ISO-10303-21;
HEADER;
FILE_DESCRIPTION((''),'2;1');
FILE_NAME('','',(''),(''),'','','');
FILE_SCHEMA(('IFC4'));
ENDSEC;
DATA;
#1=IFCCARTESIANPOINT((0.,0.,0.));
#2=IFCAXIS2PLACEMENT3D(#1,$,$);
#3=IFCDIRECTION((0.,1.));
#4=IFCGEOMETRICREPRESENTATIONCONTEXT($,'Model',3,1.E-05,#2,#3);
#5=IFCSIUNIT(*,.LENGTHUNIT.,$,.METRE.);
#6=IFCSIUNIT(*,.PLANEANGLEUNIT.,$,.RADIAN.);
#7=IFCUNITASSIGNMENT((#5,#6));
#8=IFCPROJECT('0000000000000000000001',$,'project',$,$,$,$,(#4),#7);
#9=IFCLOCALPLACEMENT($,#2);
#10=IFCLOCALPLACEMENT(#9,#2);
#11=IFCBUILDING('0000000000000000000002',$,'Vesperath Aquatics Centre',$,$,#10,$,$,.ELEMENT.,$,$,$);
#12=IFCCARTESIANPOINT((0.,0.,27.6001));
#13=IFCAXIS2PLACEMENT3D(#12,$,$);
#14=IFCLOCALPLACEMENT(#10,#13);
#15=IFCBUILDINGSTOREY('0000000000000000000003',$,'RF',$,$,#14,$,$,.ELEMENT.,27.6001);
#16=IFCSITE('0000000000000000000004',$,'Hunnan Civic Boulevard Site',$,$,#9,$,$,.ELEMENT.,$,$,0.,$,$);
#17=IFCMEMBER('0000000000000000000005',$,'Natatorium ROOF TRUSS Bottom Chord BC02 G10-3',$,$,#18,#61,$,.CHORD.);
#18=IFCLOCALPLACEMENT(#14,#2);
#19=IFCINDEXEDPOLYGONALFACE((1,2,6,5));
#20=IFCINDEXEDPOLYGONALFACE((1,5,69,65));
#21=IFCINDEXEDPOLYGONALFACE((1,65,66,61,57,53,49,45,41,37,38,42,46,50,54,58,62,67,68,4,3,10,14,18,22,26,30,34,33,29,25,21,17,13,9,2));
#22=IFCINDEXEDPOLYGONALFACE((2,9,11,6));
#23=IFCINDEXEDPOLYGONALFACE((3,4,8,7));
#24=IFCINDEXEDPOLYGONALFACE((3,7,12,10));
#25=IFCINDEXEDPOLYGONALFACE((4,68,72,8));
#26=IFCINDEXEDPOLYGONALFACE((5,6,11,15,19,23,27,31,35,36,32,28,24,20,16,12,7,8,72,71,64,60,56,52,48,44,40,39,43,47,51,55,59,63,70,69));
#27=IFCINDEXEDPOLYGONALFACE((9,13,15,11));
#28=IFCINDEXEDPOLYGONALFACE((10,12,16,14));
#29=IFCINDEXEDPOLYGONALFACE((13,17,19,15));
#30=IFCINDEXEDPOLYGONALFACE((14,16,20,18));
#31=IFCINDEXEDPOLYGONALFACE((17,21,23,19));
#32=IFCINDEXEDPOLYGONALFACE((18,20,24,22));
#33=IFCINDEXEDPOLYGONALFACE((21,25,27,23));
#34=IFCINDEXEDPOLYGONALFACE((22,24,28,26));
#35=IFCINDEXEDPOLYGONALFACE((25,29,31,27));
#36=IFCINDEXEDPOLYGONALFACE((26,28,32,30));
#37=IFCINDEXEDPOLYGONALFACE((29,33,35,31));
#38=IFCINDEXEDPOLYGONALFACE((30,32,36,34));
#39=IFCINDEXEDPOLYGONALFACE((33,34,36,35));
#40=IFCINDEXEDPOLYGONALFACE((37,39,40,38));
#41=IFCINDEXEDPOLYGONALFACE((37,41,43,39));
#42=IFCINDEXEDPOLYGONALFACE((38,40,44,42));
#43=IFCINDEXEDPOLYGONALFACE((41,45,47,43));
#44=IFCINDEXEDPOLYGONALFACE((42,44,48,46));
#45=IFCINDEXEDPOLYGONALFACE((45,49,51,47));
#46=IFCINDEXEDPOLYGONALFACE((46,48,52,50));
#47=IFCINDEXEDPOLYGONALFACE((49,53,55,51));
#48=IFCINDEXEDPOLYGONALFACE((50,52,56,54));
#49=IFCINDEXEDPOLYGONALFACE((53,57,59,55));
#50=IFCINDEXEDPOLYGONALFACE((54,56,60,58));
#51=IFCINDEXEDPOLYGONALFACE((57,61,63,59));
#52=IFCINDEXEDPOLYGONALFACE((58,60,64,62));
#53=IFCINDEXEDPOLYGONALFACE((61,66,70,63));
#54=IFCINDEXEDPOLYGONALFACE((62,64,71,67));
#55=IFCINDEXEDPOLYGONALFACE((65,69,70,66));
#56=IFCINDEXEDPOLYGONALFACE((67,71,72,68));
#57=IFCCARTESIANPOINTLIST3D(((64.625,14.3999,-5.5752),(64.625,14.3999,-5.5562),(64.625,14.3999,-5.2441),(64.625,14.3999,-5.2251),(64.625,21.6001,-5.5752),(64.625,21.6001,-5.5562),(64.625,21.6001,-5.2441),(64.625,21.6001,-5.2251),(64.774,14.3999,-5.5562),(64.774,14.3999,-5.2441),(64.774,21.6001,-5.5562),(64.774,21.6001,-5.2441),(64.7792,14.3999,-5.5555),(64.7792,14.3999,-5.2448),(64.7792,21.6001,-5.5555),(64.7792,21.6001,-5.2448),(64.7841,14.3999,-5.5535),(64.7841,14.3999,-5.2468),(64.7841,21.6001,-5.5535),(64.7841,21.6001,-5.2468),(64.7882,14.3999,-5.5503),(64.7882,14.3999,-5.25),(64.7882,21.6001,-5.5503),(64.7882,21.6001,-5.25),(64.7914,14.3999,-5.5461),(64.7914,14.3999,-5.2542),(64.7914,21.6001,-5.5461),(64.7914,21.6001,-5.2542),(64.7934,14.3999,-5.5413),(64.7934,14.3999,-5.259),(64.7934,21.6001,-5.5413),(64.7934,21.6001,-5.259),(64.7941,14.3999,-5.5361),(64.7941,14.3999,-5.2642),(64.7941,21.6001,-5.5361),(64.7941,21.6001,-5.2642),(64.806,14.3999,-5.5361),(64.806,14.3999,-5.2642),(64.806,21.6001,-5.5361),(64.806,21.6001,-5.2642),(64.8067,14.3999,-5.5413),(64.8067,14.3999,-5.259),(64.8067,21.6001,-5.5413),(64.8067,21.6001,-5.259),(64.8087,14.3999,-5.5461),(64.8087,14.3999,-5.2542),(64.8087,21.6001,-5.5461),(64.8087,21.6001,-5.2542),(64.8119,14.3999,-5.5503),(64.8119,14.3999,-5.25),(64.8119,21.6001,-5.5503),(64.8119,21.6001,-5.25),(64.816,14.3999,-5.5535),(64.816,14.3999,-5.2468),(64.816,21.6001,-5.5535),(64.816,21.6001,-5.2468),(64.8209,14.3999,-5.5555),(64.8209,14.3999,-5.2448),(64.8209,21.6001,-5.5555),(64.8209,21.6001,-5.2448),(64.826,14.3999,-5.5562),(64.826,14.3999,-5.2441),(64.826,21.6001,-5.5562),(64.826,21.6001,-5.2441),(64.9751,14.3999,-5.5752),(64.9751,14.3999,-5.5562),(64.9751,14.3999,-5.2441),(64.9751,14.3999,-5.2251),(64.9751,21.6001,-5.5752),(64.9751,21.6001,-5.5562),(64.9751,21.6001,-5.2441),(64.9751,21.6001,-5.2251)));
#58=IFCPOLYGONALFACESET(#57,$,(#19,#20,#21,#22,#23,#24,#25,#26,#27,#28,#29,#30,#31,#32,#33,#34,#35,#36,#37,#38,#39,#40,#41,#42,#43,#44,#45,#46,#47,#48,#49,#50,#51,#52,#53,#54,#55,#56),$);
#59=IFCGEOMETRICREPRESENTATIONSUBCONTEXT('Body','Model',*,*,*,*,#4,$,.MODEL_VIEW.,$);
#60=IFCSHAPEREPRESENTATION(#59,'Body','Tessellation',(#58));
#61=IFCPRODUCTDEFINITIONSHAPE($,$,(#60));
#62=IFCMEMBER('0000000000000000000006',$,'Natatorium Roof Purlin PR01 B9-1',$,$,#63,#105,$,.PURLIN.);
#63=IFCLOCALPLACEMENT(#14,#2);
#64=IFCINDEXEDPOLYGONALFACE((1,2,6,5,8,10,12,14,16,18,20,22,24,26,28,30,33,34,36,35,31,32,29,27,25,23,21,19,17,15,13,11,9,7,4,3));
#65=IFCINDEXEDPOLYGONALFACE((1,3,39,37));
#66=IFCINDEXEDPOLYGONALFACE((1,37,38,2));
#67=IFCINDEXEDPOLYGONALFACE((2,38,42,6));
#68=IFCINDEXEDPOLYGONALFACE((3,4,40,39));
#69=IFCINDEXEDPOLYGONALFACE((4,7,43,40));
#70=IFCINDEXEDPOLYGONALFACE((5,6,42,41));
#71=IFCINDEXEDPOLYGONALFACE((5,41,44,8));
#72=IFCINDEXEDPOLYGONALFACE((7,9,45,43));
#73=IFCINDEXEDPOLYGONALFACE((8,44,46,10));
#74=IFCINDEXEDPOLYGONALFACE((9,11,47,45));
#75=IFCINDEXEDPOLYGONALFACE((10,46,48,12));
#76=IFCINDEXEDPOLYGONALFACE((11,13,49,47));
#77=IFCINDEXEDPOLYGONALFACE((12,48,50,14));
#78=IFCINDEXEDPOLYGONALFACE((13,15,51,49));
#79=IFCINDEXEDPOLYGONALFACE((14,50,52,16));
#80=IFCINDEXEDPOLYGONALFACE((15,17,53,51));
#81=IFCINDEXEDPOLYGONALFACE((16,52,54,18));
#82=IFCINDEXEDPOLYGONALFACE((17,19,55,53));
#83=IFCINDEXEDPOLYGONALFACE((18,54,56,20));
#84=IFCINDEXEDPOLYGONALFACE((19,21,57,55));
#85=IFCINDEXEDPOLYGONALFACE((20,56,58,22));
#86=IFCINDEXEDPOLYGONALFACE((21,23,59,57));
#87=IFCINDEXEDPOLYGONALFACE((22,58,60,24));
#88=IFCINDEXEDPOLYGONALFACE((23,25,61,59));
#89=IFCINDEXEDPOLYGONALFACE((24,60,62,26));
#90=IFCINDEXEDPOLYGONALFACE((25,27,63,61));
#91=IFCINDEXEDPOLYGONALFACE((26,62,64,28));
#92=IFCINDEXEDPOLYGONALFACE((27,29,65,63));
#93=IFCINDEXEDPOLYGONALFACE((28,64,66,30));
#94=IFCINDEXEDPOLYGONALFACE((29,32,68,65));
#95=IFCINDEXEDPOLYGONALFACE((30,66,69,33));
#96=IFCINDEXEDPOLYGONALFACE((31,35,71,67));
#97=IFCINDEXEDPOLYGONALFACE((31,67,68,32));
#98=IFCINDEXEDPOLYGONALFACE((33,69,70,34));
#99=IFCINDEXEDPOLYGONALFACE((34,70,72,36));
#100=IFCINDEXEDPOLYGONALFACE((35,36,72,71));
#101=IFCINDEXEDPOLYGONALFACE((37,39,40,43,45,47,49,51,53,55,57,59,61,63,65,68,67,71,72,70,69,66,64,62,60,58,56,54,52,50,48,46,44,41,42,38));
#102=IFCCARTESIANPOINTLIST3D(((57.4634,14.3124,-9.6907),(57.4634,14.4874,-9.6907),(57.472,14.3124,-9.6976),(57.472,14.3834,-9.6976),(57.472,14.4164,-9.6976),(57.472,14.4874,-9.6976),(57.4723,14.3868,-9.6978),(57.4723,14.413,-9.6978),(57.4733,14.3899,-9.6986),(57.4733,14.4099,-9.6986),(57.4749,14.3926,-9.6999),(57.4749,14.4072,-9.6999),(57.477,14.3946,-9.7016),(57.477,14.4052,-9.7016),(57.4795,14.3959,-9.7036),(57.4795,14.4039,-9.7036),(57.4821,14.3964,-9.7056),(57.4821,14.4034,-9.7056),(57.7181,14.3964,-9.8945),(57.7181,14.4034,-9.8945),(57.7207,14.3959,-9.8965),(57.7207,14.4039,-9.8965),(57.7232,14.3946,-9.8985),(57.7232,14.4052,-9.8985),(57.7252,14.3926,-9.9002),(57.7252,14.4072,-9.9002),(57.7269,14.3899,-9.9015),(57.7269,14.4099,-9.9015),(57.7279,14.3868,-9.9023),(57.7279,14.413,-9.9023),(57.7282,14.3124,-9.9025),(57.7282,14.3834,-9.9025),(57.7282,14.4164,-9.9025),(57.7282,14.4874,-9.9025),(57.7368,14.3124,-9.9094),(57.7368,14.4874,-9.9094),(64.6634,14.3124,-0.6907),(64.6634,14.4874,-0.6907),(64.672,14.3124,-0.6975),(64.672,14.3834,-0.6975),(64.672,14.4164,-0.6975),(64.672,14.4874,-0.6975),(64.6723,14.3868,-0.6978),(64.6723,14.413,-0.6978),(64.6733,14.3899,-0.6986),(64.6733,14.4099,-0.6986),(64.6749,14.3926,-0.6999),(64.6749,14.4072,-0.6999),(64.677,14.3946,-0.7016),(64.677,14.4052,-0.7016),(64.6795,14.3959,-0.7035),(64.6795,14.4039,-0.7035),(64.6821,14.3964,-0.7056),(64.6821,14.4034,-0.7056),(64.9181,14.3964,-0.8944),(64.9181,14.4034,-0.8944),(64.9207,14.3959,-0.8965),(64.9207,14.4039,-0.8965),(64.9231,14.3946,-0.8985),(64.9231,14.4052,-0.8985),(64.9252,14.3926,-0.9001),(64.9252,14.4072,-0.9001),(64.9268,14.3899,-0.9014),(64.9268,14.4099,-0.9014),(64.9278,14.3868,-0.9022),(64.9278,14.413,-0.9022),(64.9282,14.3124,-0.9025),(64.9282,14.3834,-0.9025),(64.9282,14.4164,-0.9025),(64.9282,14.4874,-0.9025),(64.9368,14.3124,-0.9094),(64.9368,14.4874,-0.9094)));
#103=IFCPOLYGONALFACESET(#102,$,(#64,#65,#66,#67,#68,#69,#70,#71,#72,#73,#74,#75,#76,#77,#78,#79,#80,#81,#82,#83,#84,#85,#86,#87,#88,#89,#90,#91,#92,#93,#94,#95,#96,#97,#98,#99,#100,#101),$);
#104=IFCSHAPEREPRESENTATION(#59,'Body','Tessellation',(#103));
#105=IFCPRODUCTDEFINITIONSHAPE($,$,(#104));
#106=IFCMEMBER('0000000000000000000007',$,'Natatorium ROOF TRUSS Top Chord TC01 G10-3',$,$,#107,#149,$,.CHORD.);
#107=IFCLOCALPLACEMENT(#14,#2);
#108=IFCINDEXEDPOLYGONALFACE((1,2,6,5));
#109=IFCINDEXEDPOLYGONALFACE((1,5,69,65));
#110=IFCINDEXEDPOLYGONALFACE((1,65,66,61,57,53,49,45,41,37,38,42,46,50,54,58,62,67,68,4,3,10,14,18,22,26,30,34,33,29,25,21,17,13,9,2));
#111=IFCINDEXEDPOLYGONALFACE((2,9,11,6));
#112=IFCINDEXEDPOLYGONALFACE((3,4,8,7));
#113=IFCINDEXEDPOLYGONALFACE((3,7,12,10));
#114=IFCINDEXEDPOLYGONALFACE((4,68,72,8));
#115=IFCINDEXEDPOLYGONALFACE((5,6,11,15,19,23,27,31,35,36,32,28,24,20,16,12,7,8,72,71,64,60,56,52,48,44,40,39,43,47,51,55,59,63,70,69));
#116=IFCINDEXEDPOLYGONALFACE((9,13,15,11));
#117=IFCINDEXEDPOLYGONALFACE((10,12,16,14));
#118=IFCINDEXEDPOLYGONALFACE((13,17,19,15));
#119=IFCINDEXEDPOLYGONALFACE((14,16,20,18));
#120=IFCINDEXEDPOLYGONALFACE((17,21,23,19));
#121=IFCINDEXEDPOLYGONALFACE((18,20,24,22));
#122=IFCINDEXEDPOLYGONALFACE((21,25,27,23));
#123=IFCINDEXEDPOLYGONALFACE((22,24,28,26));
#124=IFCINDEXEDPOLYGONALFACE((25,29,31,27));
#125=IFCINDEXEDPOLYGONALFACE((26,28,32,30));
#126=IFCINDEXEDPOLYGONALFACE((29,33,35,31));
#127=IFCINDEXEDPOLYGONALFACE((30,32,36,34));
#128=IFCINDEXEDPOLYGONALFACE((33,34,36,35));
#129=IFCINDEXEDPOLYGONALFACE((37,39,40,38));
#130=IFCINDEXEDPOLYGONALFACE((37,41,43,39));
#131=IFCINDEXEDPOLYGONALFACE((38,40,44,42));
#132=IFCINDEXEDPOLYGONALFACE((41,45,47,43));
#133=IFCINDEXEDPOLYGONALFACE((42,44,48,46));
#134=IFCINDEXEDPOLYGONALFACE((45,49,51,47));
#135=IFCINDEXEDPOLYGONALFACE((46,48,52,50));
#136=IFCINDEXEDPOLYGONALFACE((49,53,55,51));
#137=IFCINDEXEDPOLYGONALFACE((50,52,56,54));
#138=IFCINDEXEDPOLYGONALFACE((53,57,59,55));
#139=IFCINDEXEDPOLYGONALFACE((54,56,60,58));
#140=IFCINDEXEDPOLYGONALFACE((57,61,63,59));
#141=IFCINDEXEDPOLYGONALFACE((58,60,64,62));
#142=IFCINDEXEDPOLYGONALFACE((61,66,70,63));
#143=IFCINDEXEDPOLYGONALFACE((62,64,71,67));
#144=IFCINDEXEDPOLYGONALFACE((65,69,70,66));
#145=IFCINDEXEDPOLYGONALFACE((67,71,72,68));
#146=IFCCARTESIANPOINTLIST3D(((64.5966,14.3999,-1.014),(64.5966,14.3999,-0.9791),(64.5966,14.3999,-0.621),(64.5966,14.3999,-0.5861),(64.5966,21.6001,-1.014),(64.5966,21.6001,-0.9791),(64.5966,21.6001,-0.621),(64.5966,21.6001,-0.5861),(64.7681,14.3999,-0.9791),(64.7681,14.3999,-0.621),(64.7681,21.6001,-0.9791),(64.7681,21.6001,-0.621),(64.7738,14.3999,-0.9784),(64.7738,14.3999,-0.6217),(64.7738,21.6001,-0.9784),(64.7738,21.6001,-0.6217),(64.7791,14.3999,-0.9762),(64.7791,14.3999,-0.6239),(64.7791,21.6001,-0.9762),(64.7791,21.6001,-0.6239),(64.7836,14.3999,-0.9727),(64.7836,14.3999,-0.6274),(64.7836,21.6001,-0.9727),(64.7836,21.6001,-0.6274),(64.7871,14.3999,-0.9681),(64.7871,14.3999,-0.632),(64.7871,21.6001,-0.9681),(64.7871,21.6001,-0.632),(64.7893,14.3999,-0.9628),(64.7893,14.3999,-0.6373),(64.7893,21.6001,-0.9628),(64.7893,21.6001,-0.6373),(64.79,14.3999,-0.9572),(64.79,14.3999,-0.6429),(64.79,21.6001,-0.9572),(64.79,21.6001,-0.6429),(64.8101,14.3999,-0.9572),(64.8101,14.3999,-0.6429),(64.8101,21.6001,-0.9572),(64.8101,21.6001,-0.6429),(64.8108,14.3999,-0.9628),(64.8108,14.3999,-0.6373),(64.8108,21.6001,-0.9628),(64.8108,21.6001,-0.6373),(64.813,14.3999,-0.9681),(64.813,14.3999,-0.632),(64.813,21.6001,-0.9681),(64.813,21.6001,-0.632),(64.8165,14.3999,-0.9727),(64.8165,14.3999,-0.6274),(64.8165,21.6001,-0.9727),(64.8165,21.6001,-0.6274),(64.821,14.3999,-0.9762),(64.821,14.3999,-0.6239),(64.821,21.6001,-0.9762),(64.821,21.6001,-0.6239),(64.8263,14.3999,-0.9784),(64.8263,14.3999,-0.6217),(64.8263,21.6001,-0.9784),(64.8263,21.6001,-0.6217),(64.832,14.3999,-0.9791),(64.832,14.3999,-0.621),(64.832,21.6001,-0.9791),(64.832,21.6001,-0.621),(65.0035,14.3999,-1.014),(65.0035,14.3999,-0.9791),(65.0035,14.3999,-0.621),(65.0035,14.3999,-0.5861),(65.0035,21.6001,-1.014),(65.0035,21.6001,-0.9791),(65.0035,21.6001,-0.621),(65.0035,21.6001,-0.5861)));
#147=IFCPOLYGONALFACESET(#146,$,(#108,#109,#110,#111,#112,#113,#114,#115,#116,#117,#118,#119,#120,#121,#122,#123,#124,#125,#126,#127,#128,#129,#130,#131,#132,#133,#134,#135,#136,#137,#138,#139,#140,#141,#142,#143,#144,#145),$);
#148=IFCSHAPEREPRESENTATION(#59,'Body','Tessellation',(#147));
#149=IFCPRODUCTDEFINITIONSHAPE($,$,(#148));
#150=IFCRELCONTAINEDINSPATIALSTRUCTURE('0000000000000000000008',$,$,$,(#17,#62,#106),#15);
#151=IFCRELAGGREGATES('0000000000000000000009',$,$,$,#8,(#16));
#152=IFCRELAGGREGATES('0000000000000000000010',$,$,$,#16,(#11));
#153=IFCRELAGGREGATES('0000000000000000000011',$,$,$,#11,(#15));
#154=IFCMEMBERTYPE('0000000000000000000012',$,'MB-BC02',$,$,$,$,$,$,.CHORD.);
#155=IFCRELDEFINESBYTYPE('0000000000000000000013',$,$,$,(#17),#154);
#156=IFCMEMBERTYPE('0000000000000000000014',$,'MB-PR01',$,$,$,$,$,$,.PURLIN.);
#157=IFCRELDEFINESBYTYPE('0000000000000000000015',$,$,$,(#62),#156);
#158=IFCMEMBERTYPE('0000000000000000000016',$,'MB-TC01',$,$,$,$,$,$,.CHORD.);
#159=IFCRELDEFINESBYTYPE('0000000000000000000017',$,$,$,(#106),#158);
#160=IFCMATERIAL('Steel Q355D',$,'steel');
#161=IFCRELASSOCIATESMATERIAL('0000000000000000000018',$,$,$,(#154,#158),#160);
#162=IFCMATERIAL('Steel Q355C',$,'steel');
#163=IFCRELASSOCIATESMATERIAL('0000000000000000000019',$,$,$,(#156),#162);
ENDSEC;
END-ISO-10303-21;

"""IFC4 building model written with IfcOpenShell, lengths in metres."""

from ifc_helpers import new_model, si_unit, direction, frame, origin, origin_2d, place, context, subcontext, project, spatial, i_section, extrude, material, material_profile, profile_set, type_object, element, save


model = new_model("IFC4")

# Units and contexts
model_context = context("Model", 3, precision=1e-05, world=origin(), true_north=direction((0.0, 1.0)))
body_context = subcontext(model_context, "Body", "Model", "MODEL_VIEW")
ifc_project = project(units=[si_unit("LENGTHUNIT", "METRE"), si_unit("PLANEANGLEUNIT", "RADIAN")], contexts=[model_context])

# Site, building, storey
site_placement = place(None, origin())
site = spatial("IfcSite", under=ifc_project, at=site_placement, Name="Hunnan Civic Boulevard Site", CompositionType="ELEMENT", RefElevation=0.0)
building_placement = place(site_placement, origin())
building = spatial("IfcBuilding", under=site, at=building_placement, Name="Vesperath Aquatics Centre", CompositionType="ELEMENT")
storey_placement = place(building_placement, frame((0.0, 0.0, 27.6001)))
storey = spatial("IfcBuildingStorey", under=building, at=storey_placement, Name="RF", CompositionType="ELEMENT", Elevation=27.6001)

# Shared definitions
ifc_material_1 = material(Name="Steel Q355C", Category="steel")

# Members
ifc_material_2 = material(Name="Steel Q355D", Category="steel")
ifc_material_profile_1 = material_profile(ifc_material_2, i_section(OverallWidth=0.3501, OverallDepth=0.3501, WebThickness=0.012, FlangeThickness=0.019, FilletRadius=0.02, at=origin_2d()), Name="HW 350x350x12x19")
ifc_profile_set_1 = profile_set([ifc_material_profile_1], Name="Steel Q355D")
member_type_1 = type_object("IfcMemberType", Name="MB-BC02", PredefinedType="CHORD", material=ifc_profile_set_1)
member_1_placement = place(storey_placement, frame((64.8, 14.3999, -5.4001), z_axis=(0.0, 1.0, 0.0), x_axis=(-1.0, 0.0, 0.0)))
element("IfcMember", 1, at=member_1_placement, inside=storey, type_object=member_type_1, Name="Natatorium ROOF TRUSS Bottom Chord BC02 G10-3", PredefinedType="CHORD", context=body_context, shape_type="SweptSolid", body=[
    extrude(i_section(OverallWidth=0.3501, OverallDepth=0.3501, WebThickness=0.012, FlangeThickness=0.019, FilletRadius=0.02, at=origin_2d()), origin(), (0.0, 0.0, 1.0), 7.2002),
])
ifc_material_profile_2 = material_profile(ifc_material_1, i_section(OverallWidth=0.175, OverallDepth=0.3501, WebThickness=0.0071, FlangeThickness=0.011, FilletRadius=0.0129, at=origin_2d()), Name="HN 350x175x7x11")
ifc_profile_set_2 = profile_set([ifc_material_profile_2], Name="Steel Q355C")
member_type_2 = type_object("IfcMemberType", Name="MB-PR01", PredefinedType="PURLIN", material=ifc_profile_set_2)
member_2_placement = place(storey_placement, frame((57.6001, 14.3999, -9.8), z_axis=(0.624692, 0.0, 0.780871), x_axis=(0.0, 1.0, 0.0)))
element("IfcMember", 2, at=member_2_placement, inside=storey, type_object=member_type_2, Name="Natatorium Roof Purlin PR01 B9-1", PredefinedType="PURLIN", context=body_context, shape_type="SweptSolid", body=[
    extrude(i_section(OverallWidth=0.175, OverallDepth=0.3501, WebThickness=0.0071, FlangeThickness=0.011, FilletRadius=0.0129, at=origin_2d()), origin(), (0.0, 0.0, 1.0), 11.5256),
])
ifc_material_profile_3 = material_profile(ifc_material_2, i_section(OverallWidth=0.407, OverallDepth=0.428, WebThickness=0.02, FlangeThickness=0.0349, FilletRadius=0.022, at=origin_2d()), Name="HW 428x407x20x35")
ifc_profile_set_3 = profile_set([ifc_material_profile_3], Name="Steel Q355D")
member_type_3 = type_object("IfcMemberType", Name="MB-TC01", PredefinedType="CHORD", material=ifc_profile_set_3)
member_3_placement = place(storey_placement, frame((64.8, 14.3999, -0.8), z_axis=(0.0, 1.0, 0.0), x_axis=(-1.0, 0.0, 0.0)))
element("IfcMember", 3, at=member_3_placement, inside=storey, type_object=member_type_3, Name="Natatorium ROOF TRUSS Top Chord TC01 G10-3", PredefinedType="CHORD", context=body_context, shape_type="SweptSolid", body=[
    extrude(i_section(OverallWidth=0.407, OverallDepth=0.428, WebThickness=0.02, FlangeThickness=0.0349, FilletRadius=0.022, at=origin_2d()), origin(), (0.0, 0.0, 1.0), 7.2002),
])

save(model, "model.ifc")
